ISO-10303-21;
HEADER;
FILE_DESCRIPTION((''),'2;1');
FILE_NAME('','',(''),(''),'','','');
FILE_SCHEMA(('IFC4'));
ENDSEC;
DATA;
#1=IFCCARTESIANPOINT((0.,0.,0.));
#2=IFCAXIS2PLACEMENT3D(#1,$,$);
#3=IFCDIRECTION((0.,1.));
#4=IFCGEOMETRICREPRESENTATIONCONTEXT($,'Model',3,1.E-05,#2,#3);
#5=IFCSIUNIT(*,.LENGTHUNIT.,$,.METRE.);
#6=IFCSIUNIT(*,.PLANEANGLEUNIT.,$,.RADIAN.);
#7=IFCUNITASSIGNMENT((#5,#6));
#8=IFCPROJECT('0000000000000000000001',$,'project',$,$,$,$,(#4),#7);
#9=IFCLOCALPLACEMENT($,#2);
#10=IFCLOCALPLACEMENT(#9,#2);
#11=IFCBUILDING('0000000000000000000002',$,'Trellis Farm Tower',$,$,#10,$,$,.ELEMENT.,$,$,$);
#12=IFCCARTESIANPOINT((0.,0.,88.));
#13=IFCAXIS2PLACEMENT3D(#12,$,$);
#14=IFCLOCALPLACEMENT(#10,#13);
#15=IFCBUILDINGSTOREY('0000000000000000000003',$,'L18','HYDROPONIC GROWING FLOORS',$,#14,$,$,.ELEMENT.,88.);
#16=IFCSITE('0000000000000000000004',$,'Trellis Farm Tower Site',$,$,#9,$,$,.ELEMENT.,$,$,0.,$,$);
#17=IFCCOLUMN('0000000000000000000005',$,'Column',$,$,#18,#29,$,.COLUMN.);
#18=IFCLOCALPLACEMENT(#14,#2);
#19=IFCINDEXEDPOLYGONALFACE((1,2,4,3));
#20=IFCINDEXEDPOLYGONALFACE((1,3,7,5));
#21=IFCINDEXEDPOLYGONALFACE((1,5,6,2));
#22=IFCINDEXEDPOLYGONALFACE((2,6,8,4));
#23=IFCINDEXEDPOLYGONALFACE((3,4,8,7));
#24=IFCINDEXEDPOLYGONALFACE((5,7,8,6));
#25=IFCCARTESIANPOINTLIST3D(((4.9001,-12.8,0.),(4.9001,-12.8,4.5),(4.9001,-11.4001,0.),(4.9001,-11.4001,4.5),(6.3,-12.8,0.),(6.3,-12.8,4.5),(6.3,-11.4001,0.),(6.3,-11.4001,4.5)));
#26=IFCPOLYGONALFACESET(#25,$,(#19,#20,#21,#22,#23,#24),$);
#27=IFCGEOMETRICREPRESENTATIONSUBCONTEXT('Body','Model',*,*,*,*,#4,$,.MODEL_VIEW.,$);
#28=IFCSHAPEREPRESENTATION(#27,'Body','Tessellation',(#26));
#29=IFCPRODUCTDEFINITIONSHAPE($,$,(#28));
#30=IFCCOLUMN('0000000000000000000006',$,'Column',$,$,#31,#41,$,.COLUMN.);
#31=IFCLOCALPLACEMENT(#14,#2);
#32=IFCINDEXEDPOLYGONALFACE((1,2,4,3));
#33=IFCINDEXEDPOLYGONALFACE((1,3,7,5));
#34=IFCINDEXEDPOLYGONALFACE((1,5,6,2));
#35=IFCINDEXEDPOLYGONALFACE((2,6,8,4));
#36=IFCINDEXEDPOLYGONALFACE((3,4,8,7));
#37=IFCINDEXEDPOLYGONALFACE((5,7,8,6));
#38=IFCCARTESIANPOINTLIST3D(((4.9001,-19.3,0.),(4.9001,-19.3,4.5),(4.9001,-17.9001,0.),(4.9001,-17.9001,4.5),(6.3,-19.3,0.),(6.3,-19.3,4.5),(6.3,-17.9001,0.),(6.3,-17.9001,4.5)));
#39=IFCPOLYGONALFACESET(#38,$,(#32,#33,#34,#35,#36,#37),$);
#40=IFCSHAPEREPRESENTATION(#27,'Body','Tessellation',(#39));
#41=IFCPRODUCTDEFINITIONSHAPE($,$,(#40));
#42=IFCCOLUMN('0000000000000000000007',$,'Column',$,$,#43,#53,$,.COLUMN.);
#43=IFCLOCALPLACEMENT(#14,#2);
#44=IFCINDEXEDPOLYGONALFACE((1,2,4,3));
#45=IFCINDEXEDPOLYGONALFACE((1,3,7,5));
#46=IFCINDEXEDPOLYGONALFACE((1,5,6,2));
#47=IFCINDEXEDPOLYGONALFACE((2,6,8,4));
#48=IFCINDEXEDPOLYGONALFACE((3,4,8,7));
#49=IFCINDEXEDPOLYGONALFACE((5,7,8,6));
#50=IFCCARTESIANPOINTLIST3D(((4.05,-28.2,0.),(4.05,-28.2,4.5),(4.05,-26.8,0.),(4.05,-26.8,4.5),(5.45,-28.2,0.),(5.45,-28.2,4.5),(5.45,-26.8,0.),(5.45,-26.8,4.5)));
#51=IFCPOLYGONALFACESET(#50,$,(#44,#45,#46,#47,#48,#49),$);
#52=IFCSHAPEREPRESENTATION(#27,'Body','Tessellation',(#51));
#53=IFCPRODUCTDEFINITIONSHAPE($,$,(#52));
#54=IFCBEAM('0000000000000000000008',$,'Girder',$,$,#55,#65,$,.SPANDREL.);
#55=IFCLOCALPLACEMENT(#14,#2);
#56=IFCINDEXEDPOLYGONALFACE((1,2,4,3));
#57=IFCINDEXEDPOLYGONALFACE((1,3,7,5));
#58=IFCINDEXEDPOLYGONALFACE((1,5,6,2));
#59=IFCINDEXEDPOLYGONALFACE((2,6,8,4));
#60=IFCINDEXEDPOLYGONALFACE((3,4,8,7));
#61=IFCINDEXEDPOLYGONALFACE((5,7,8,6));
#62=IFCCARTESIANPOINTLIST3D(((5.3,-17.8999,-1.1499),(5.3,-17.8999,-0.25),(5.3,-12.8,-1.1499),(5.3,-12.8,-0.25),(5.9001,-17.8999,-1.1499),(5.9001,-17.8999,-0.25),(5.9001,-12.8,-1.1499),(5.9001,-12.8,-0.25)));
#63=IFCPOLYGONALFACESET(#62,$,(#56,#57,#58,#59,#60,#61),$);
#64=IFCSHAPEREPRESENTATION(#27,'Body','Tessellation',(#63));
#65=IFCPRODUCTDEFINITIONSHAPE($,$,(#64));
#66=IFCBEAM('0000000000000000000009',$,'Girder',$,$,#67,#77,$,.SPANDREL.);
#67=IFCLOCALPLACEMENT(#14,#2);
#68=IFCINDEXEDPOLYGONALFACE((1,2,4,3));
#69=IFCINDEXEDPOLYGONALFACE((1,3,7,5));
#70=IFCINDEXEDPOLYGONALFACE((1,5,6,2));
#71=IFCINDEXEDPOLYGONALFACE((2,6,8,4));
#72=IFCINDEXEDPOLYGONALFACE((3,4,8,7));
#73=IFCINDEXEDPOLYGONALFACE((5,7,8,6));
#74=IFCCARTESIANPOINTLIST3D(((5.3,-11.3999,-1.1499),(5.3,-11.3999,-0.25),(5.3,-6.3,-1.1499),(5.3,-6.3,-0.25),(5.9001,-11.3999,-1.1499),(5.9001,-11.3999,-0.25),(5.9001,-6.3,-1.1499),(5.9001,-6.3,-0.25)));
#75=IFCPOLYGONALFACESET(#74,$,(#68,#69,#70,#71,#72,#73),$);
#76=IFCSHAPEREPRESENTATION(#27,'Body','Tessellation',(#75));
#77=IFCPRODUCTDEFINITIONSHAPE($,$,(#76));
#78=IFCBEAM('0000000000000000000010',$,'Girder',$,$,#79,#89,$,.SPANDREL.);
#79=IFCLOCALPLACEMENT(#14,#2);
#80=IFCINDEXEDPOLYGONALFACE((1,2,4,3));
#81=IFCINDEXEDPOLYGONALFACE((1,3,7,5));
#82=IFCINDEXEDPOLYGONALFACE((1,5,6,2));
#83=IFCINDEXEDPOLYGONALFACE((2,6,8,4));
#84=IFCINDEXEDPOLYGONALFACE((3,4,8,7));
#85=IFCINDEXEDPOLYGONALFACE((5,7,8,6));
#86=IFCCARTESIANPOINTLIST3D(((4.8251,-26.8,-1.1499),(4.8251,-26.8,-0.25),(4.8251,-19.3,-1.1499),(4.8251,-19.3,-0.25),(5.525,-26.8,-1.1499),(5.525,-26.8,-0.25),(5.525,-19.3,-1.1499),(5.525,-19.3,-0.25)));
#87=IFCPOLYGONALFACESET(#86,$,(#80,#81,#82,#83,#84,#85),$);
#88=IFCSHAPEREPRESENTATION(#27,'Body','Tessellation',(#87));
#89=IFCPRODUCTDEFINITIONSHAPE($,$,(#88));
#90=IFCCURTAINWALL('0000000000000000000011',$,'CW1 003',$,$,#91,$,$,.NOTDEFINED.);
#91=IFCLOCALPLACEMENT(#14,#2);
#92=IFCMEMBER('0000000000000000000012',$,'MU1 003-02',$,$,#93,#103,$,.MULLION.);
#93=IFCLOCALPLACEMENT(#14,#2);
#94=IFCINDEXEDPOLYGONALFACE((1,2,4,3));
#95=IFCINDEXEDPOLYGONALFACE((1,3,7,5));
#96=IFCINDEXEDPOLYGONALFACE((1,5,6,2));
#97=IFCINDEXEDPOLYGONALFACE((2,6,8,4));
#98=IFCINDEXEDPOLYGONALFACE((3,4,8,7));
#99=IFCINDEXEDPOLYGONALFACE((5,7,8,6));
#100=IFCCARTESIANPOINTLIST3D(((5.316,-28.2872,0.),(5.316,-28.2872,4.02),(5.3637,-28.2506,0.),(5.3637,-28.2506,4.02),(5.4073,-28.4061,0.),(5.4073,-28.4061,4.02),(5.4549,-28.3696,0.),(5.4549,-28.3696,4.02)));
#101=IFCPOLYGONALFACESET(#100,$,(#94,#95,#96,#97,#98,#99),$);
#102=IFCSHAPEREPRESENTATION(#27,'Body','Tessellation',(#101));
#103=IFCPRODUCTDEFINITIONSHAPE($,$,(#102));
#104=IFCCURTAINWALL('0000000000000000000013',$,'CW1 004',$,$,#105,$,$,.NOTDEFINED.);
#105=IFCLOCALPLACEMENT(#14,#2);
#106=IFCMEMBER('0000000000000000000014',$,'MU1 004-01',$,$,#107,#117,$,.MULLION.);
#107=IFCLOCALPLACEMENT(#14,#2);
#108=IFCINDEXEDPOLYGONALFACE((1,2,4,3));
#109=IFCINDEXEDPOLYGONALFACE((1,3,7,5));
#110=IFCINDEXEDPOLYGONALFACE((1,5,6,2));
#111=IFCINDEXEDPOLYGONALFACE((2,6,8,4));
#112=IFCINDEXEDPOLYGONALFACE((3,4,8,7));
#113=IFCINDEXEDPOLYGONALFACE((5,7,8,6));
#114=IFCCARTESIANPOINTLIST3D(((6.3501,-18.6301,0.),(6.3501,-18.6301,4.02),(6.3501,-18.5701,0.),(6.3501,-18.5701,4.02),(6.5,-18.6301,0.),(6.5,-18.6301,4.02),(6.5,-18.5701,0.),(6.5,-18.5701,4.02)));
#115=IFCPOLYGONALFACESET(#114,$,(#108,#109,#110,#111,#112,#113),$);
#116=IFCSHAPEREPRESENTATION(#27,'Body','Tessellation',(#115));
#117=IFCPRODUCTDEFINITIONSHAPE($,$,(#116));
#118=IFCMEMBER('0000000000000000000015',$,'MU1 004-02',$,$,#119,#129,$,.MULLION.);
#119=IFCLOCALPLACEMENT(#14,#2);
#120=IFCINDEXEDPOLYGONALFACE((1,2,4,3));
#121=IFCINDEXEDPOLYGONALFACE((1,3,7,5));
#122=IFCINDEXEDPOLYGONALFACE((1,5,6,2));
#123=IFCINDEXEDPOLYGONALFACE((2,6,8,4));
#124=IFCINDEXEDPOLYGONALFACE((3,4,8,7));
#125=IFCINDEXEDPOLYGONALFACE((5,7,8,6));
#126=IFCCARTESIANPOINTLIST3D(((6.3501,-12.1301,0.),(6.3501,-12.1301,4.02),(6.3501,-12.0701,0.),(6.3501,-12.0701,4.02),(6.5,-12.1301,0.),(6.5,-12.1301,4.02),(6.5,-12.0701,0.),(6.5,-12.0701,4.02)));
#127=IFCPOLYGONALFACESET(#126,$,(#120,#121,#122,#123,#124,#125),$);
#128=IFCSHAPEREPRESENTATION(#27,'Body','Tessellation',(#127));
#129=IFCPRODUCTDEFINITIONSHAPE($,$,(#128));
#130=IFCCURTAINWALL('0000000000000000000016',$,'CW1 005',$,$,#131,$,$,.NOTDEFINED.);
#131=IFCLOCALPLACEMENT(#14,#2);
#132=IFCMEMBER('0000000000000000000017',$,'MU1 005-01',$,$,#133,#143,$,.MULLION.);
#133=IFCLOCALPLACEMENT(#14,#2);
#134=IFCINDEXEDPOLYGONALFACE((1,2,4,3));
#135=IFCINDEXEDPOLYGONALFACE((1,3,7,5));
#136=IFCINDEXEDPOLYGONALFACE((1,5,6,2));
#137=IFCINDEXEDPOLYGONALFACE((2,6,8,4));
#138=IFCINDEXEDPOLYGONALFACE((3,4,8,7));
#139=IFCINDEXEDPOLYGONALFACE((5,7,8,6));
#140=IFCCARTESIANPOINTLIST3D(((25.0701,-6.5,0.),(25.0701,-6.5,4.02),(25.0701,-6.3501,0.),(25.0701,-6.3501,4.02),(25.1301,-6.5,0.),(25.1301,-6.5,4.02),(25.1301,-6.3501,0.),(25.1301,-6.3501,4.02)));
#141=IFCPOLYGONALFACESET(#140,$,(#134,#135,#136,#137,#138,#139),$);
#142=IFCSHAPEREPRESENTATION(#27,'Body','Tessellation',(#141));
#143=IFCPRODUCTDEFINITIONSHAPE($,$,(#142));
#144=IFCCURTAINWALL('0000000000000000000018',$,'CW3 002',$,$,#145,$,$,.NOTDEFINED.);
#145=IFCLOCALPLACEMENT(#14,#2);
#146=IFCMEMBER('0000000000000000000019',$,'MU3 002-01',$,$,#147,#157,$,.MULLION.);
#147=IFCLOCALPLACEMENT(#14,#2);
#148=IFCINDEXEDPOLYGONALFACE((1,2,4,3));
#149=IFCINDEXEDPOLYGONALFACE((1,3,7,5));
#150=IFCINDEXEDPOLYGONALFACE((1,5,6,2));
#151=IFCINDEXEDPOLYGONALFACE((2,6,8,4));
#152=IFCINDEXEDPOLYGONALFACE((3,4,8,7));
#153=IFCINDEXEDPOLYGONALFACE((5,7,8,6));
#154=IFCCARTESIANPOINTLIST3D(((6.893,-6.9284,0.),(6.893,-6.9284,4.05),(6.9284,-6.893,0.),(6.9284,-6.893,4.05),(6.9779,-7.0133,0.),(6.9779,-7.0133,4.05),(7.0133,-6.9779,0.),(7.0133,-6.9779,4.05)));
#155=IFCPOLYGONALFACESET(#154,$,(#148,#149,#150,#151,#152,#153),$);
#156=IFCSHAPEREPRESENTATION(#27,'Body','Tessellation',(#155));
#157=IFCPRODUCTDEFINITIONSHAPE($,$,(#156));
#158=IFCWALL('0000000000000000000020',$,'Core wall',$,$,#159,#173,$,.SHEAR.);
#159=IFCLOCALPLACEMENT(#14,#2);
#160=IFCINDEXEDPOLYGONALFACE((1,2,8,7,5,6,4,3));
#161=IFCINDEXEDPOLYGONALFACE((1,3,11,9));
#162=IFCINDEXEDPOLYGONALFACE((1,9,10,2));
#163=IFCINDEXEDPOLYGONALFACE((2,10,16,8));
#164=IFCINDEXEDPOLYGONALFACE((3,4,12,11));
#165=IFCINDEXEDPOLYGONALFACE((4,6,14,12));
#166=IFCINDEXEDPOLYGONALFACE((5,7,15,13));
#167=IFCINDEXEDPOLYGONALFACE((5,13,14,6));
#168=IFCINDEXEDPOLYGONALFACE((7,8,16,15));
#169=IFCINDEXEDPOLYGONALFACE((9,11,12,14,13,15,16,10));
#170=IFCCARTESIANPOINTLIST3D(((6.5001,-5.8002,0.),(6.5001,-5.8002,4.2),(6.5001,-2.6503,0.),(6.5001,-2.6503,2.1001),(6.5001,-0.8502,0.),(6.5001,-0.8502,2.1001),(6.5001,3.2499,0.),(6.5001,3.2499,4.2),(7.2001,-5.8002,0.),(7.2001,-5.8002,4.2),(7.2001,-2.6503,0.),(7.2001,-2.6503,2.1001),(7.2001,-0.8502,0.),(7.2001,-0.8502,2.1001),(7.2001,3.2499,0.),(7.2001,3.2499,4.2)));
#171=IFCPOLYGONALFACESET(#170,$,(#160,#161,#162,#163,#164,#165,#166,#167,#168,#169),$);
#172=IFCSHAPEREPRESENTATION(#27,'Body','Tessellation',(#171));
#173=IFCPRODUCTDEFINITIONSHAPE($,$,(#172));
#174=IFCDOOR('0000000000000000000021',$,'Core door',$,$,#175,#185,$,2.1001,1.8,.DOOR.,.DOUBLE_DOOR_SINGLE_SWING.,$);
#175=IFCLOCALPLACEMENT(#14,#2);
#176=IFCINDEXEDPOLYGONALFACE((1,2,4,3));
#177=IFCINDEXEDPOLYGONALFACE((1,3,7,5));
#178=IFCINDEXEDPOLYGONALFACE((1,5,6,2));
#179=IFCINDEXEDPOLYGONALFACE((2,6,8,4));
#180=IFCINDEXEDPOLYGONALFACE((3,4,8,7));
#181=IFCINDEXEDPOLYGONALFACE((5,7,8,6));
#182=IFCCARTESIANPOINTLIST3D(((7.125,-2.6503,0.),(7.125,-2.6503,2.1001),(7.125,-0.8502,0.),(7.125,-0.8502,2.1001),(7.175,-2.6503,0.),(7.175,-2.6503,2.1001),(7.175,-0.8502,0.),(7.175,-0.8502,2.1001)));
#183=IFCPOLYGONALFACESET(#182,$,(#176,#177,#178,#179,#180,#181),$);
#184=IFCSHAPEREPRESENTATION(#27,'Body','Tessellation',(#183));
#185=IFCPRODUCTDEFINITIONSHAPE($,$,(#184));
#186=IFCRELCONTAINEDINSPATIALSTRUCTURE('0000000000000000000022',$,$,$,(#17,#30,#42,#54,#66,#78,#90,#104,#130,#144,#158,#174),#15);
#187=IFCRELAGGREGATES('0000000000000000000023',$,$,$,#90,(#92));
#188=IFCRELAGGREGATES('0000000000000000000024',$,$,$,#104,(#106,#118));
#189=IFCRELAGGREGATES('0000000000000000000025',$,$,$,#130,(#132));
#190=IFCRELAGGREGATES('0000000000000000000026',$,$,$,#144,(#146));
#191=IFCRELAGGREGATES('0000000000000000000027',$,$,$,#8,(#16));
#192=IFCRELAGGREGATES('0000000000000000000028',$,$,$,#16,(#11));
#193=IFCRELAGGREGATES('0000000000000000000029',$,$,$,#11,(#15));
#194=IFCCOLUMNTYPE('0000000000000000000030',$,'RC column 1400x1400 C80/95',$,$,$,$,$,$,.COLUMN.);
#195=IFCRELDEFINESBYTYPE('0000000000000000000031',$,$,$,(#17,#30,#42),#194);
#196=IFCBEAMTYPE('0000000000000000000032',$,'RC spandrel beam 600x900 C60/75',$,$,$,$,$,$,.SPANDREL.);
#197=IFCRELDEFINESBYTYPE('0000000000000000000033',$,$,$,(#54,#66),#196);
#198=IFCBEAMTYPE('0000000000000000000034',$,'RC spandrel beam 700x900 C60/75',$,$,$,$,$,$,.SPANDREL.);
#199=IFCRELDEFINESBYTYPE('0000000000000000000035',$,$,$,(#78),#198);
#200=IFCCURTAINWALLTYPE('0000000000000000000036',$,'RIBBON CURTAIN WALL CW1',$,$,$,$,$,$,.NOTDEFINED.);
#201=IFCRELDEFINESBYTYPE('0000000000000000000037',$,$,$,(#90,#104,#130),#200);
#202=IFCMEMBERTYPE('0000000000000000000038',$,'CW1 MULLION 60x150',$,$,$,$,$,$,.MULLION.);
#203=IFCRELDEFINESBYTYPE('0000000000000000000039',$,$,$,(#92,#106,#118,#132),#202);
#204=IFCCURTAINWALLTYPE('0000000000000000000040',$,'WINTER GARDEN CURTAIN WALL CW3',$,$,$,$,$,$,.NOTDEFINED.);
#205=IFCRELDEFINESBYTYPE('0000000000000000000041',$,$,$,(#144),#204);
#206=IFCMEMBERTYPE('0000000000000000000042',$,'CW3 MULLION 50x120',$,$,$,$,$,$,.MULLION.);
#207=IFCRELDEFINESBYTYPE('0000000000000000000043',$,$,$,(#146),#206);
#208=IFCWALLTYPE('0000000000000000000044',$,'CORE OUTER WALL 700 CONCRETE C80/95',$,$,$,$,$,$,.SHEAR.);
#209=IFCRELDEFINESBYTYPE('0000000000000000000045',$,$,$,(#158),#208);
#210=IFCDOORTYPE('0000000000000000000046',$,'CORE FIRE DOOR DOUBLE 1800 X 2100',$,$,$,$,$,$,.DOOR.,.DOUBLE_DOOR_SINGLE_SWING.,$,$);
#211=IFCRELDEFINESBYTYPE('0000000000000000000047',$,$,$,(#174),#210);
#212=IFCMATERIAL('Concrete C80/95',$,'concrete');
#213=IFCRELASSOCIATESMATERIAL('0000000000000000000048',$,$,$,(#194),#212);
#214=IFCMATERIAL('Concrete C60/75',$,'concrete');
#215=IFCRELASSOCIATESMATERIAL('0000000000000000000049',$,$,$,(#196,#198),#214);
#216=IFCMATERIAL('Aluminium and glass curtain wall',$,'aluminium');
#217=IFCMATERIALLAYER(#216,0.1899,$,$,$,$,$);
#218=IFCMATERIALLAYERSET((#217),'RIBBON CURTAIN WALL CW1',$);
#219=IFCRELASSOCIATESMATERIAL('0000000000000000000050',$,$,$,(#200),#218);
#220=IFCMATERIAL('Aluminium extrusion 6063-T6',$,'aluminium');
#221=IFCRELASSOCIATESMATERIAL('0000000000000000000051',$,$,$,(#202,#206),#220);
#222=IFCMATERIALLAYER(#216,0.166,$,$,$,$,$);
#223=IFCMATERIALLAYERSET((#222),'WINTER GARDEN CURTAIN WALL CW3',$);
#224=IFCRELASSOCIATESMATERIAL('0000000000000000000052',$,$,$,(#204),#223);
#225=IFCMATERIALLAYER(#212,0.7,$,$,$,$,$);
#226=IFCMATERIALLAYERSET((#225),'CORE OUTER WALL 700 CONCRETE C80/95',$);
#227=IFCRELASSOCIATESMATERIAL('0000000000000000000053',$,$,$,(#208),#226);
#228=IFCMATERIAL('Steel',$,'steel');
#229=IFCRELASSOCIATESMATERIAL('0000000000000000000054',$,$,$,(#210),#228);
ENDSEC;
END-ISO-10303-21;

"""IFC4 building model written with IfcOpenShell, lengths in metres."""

from ifc_helpers import new_model, si_unit, direction, frame, frame_2d, origin, origin_2d, place, context, subcontext, project, spatial, rectangle, extrude, source, transform, mapped, material, layer, layer_set, material_profile, profile_set, type_object, element, fill, aggregate, save


model = new_model("IFC4")

# Units and contexts
model_context = context("Model", 3, precision=1e-05, world=origin(), true_north=direction((0.0, 1.0)))
body_context = subcontext(model_context, "Body", "Model", "MODEL_VIEW")
ifc_project = project(units=[si_unit("LENGTHUNIT", "METRE"), si_unit("PLANEANGLEUNIT", "RADIAN")], contexts=[model_context])

# Site, building, storey
site_placement = place(None, origin())
site = spatial("IfcSite", under=ifc_project, at=site_placement, Name="Trellis Farm Tower Site", CompositionType="ELEMENT", RefElevation=0.0)
building_placement = place(site_placement, origin())
building = spatial("IfcBuilding", under=site, at=building_placement, Name="Trellis Farm Tower", CompositionType="ELEMENT")
storey_placement = place(building_placement, frame((0.0, 0.0, 88.0)))
storey = spatial("IfcBuildingStorey", under=building, at=storey_placement, Name="L18", Description="HYDROPONIC GROWING FLOORS", CompositionType="ELEMENT", Elevation=88.0)

# Columns
ifc_material_1 = material(Name="Concrete C80/95", Category="concrete")
ifc_material_profile_1 = material_profile(ifc_material_1, rectangle(XDim=1.3999, YDim=1.3999, at=origin_2d()), Name="RC column 1400x1400 C80/95")
ifc_profile_set_1 = profile_set([ifc_material_profile_1], Name="Concrete C80/95")
column_type = type_object("IfcColumnType", Name="RC column 1400x1400 C80/95", PredefinedType="COLUMN", material=ifc_profile_set_1)
shared_shape_1 = source(origin(), body_context, "Body", "SweptSolid", [
    extrude(rectangle(XDim=1.3999, YDim=1.3999, at=origin_2d()), origin(), (0.0, 0.0, 1.0), 4.5),
])
for number, where, z_axis, x_axis, name in (
    (1, (5.6001, -12.1001, 0.0), (0.0, 0.0, 1.0), (1.0, 0.0, 0.0), "Column"),
    (2, (5.6001, -18.6001, 0.0), (0.0, 0.0, 1.0), (1.0, 0.0, 0.0), "Column"),
    (3, (4.75, -27.5, 0.0), (0.0, 0.0, 1.0), (1.0, 0.0, 0.0), "Column"),
):
    element("IfcColumn", number, at=place(storey_placement, frame(where, z_axis=z_axis, x_axis=x_axis)), inside=storey, type_object=column_type, Name=name, PredefinedType="COLUMN", context=body_context, shape_type="MappedRepresentation", body=[
        mapped(shared_shape_1, transform((0.0, 0.0, 0.0))),
    ])

# Beams
ifc_material_2 = material(Name="Concrete C60/75", Category="concrete")
ifc_material_profile_2 = material_profile(ifc_material_2, rectangle(XDim=0.6001, YDim=0.8999, at=origin_2d()), Name="RC spandrel beam 600x900 C60/75")
ifc_profile_set_2 = profile_set([ifc_material_profile_2], Name="Concrete C60/75")
beam_type_1 = type_object("IfcBeamType", Name="RC spandrel beam 600x900 C60/75", PredefinedType="SPANDREL", material=ifc_profile_set_2)
shared_shape_2 = source(origin(), body_context, "Body", "SweptSolid", [
    extrude(rectangle(XDim=0.6001, YDim=0.8999, at=origin_2d()), origin(), (0.0, 0.0, 1.0), 5.0999),
])
for number, where, z_axis, x_axis, name in (
    (4, (5.6001, -17.8999, -0.7), (0.0, 1.0, 0.0), (-1.0, 0.0, 0.0), "Girder"),
    (5, (5.6001, -11.3999, -0.7), (0.0, 1.0, 0.0), (-1.0, 0.0, 0.0), "Girder"),
):
    element("IfcBeam", number, at=place(storey_placement, frame(where, z_axis=z_axis, x_axis=x_axis)), inside=storey, type_object=beam_type_1, Name=name, PredefinedType="SPANDREL", context=body_context, shape_type="MappedRepresentation", body=[
        mapped(shared_shape_2, transform((0.0, 0.0, 0.0))),
    ])
ifc_material_profile_3 = material_profile(ifc_material_2, rectangle(XDim=0.7, YDim=0.8999, at=origin_2d()), Name="RC spandrel beam 700x900 C60/75")
ifc_profile_set_3 = profile_set([ifc_material_profile_3], Name="Concrete C60/75")
beam_type_2 = type_object("IfcBeamType", Name="RC spandrel beam 700x900 C60/75", PredefinedType="SPANDREL", material=ifc_profile_set_3)
shared_shape_3 = source(origin(), body_context, "Body", "SweptSolid", [
    extrude(rectangle(XDim=0.7, YDim=0.8999, at=origin_2d()), origin(), (0.0, 0.0, 1.0), 7.5),
])
beam_placement = place(storey_placement, frame((5.175, -26.8, -0.7), z_axis=(0.0, 1.0, 0.0), x_axis=(-1.0, 0.0, 0.0)))
element("IfcBeam", 6, at=beam_placement, inside=storey, type_object=beam_type_2, Name="Girder", PredefinedType="SPANDREL", context=body_context, shape_type="MappedRepresentation", body=[
    mapped(shared_shape_3, transform((0.0, 0.0, 0.0))),
])

# Curtain wall, member
ifc_material_3 = material(Name="Aluminium and glass curtain wall", Category="aluminium")
ifc_layer_1 = layer(ifc_material_3, 0.1899)
ifc_layer_set_1 = layer_set([ifc_layer_1], Name="RIBBON CURTAIN WALL CW1")
curtain_wall_type_1 = type_object("IfcCurtainWallType", Name="RIBBON CURTAIN WALL CW1", PredefinedType="NOTDEFINED", material=ifc_layer_set_1)
placement = place(storey_placement, origin())
curtain_wall_1 = element("IfcCurtainWall", 7, at=placement, inside=storey, type_object=curtain_wall_type_1, Name="CW1 003", PredefinedType="NOTDEFINED")
ifc_material_4 = material(Name="Aluminium extrusion 6063-T6", Category="aluminium")
ifc_material_profile_4 = material_profile(ifc_material_4, rectangle(XDim=0.0601, YDim=0.1499, at=origin_2d()), Name="MULLION 60x150")
ifc_profile_set_4 = profile_set([ifc_material_profile_4], Name="Aluminium extrusion 6063-T6")
member_type_1 = type_object("IfcMemberType", Name="CW1 MULLION 60x150", PredefinedType="MULLION", material=ifc_profile_set_4)
shared_shape_4 = source(origin(), body_context, "Body", "SweptSolid", [
    extrude(rectangle(XDim=0.0601, YDim=0.1499, at=origin_2d()), origin(), (0.0, 0.0, 1.0), 4.02),
])
member_1_placement = place(storey_placement, frame((5.3855, -28.3284, 0.0), z_axis=(0.0, 0.0, 1.0), x_axis=(0.793353, 0.608761, 0.0)))
member_1 = element("IfcMember", 8, at=member_1_placement, type_object=member_type_1, Name="MU1 003-02", PredefinedType="MULLION", context=body_context, shape_type="MappedRepresentation", body=[
    mapped(shared_shape_4, transform((0.0, 0.0, 0.0))),
])
aggregate(curtain_wall_1, [member_1])

# Curtain wall, members
curtain_wall_2 = element("IfcCurtainWall", 9, at=placement, inside=storey, type_object=curtain_wall_type_1, Name="CW1 004", PredefinedType="NOTDEFINED")
member_2_placement = place(storey_placement, frame((6.425, -18.6001, 0.0), z_axis=(0.0, 0.0, 1.0), x_axis=(0.0, 1.0, 0.0)))
member_2 = element("IfcMember", 10, at=member_2_placement, type_object=member_type_1, Name="MU1 004-01", PredefinedType="MULLION", context=body_context, shape_type="MappedRepresentation", body=[
    mapped(shared_shape_4, transform((0.0, 0.0, 0.0))),
])
member_3_placement = place(storey_placement, frame((6.425, -12.1001, 0.0), z_axis=(0.0, 0.0, 1.0), x_axis=(0.0, 1.0, 0.0)))
member_3 = element("IfcMember", 11, at=member_3_placement, type_object=member_type_1, Name="MU1 004-02", PredefinedType="MULLION", context=body_context, shape_type="MappedRepresentation", body=[
    mapped(shared_shape_4, transform((0.0, 0.0, 0.0))),
])
aggregate(curtain_wall_2, [member_2, member_3])

# Curtain walls, members
curtain_wall_3 = element("IfcCurtainWall", 12, at=placement, inside=storey, type_object=curtain_wall_type_1, Name="CW1 005", PredefinedType="NOTDEFINED")
member_4_placement = place(storey_placement, frame((25.1001, -6.425, 0.0), z_axis=(0.0, 0.0, 1.0), x_axis=(1.0, 0.0, 0.0)))
member_4 = element("IfcMember", 13, at=member_4_placement, type_object=member_type_1, Name="MU1 005-01", PredefinedType="MULLION", context=body_context, shape_type="MappedRepresentation", body=[
    mapped(shared_shape_4, transform((0.0, 0.0, 0.0))),
])
aggregate(curtain_wall_3, [member_4])
ifc_layer_2 = layer(ifc_material_3, 0.166)
ifc_layer_set_2 = layer_set([ifc_layer_2], Name="WINTER GARDEN CURTAIN WALL CW3")
curtain_wall_type_2 = type_object("IfcCurtainWallType", Name="WINTER GARDEN CURTAIN WALL CW3", PredefinedType="NOTDEFINED", material=ifc_layer_set_2)
curtain_wall_4 = element("IfcCurtainWall", 14, at=placement, inside=storey, type_object=curtain_wall_type_2, Name="CW3 002", PredefinedType="NOTDEFINED")
ifc_material_profile_5 = material_profile(ifc_material_4, rectangle(XDim=0.05, YDim=0.1201, at=origin_2d()), Name="MULLION 50x120")
ifc_profile_set_5 = profile_set([ifc_material_profile_5], Name="Aluminium extrusion 6063-T6")
member_type_2 = type_object("IfcMemberType", Name="CW3 MULLION 50x120", PredefinedType="MULLION", material=ifc_profile_set_5)
shared_shape_5 = source(origin(), body_context, "Body", "SweptSolid", [
    extrude(rectangle(XDim=0.05, YDim=0.1201, at=origin_2d()), origin(), (0.0, 0.0, 1.0), 4.05),
])
member_5_placement = place(storey_placement, frame((6.9531, -6.9531, 0.0), z_axis=(0.0, 0.0, 1.0), x_axis=(0.707107, 0.707107, 0.0)))
member_5 = element("IfcMember", 15, at=member_5_placement, type_object=member_type_2, Name="MU3 002-01", PredefinedType="MULLION", context=body_context, shape_type="MappedRepresentation", body=[
    mapped(shared_shape_5, transform((0.0, 0.0, 0.0))),
])
aggregate(curtain_wall_4, [member_5])

# Wall, opening, door
ifc_layer_3 = layer(ifc_material_1, 0.7)
ifc_layer_set_3 = layer_set([ifc_layer_3], Name="CORE OUTER WALL 700 CONCRETE C80/95")
wall_type_1 = type_object("IfcWallType", Name="CORE OUTER WALL 700 CONCRETE C80/95", PredefinedType="SHEAR", material=ifc_layer_set_3)
shared_shape_6 = source(origin(), body_context, "Body", "SweptSolid", [
    extrude(rectangle(XDim=9.05, YDim=0.7, at=frame_2d((4.5249, 0.0))), origin(), (0.0, 0.0, 1.0), 4.2),
])
wall_1_placement = place(storey_placement, frame((6.8501, -5.8, 0.0), z_axis=(0.0, 0.0, 1.0), x_axis=(0.0, 1.0, 0.0)))
wall_1 = element("IfcWall", 16, at=wall_1_placement, inside=storey, type_object=wall_type_1, Name="Core wall", PredefinedType="SHEAR", context=body_context, shape_type="MappedRepresentation", body=[
    mapped(shared_shape_6, transform((0.0, 0.0, 0.0))),
])
shared_shape_7 = source(origin(), body_context, "Body", "SweptSolid", [
    extrude(rectangle(XDim=1.8, YDim=2.1001, at=frame_2d((0.8999, 1.05))), frame((0.0, 0.3601, 0.0), z_axis=(0.0, -1.0, 0.0), x_axis=(1.0, 0.0, 0.0)), (0.0, 0.0, 1.0), 0.7202),
])
opening_1_placement = place(wall_1_placement, frame((3.1499, 0.0, 0.0)))
opening_1 = element("IfcOpeningElement", 17, at=opening_1_placement, cuts=wall_1, PredefinedType="OPENING", context=body_context, shape_type="MappedRepresentation", body=[
    mapped(shared_shape_7, transform((0.0, 0.0, 0.0))),
])
ifc_material_5 = material(Name="Steel", Category="steel")
door_type_1 = type_object("IfcDoorType", Name="CORE FIRE DOOR DOUBLE 1800 X 2100", OperationType="DOUBLE_DOOR_SINGLE_SWING", PredefinedType="DOOR", material=ifc_material_5)
shared_shape_8 = source(origin(), body_context, "Body", "SweptSolid", [
    extrude(rectangle(XDim=1.8, YDim=2.1001, at=frame_2d((0.8999, 1.05))), frame((0.0, -0.2749, 0.0), z_axis=(0.0, -1.0, 0.0), x_axis=(1.0, 0.0, 0.0)), (0.0, 0.0, 1.0), 0.05),
])
door_1_placement = place(opening_1_placement, origin())
door_1 = element("IfcDoor", 18, at=door_1_placement, inside=storey, type_object=door_type_1, Name="Core door", OperationType="DOUBLE_DOOR_SINGLE_SWING", OverallHeight=2.1001, OverallWidth=1.8, PredefinedType="DOOR", context=body_context, shape_type="MappedRepresentation", body=[
    mapped(shared_shape_8, transform((0.0, 0.0, 0.0))),
])
fill(opening_1, door_1)

save(model, "model.ifc")
